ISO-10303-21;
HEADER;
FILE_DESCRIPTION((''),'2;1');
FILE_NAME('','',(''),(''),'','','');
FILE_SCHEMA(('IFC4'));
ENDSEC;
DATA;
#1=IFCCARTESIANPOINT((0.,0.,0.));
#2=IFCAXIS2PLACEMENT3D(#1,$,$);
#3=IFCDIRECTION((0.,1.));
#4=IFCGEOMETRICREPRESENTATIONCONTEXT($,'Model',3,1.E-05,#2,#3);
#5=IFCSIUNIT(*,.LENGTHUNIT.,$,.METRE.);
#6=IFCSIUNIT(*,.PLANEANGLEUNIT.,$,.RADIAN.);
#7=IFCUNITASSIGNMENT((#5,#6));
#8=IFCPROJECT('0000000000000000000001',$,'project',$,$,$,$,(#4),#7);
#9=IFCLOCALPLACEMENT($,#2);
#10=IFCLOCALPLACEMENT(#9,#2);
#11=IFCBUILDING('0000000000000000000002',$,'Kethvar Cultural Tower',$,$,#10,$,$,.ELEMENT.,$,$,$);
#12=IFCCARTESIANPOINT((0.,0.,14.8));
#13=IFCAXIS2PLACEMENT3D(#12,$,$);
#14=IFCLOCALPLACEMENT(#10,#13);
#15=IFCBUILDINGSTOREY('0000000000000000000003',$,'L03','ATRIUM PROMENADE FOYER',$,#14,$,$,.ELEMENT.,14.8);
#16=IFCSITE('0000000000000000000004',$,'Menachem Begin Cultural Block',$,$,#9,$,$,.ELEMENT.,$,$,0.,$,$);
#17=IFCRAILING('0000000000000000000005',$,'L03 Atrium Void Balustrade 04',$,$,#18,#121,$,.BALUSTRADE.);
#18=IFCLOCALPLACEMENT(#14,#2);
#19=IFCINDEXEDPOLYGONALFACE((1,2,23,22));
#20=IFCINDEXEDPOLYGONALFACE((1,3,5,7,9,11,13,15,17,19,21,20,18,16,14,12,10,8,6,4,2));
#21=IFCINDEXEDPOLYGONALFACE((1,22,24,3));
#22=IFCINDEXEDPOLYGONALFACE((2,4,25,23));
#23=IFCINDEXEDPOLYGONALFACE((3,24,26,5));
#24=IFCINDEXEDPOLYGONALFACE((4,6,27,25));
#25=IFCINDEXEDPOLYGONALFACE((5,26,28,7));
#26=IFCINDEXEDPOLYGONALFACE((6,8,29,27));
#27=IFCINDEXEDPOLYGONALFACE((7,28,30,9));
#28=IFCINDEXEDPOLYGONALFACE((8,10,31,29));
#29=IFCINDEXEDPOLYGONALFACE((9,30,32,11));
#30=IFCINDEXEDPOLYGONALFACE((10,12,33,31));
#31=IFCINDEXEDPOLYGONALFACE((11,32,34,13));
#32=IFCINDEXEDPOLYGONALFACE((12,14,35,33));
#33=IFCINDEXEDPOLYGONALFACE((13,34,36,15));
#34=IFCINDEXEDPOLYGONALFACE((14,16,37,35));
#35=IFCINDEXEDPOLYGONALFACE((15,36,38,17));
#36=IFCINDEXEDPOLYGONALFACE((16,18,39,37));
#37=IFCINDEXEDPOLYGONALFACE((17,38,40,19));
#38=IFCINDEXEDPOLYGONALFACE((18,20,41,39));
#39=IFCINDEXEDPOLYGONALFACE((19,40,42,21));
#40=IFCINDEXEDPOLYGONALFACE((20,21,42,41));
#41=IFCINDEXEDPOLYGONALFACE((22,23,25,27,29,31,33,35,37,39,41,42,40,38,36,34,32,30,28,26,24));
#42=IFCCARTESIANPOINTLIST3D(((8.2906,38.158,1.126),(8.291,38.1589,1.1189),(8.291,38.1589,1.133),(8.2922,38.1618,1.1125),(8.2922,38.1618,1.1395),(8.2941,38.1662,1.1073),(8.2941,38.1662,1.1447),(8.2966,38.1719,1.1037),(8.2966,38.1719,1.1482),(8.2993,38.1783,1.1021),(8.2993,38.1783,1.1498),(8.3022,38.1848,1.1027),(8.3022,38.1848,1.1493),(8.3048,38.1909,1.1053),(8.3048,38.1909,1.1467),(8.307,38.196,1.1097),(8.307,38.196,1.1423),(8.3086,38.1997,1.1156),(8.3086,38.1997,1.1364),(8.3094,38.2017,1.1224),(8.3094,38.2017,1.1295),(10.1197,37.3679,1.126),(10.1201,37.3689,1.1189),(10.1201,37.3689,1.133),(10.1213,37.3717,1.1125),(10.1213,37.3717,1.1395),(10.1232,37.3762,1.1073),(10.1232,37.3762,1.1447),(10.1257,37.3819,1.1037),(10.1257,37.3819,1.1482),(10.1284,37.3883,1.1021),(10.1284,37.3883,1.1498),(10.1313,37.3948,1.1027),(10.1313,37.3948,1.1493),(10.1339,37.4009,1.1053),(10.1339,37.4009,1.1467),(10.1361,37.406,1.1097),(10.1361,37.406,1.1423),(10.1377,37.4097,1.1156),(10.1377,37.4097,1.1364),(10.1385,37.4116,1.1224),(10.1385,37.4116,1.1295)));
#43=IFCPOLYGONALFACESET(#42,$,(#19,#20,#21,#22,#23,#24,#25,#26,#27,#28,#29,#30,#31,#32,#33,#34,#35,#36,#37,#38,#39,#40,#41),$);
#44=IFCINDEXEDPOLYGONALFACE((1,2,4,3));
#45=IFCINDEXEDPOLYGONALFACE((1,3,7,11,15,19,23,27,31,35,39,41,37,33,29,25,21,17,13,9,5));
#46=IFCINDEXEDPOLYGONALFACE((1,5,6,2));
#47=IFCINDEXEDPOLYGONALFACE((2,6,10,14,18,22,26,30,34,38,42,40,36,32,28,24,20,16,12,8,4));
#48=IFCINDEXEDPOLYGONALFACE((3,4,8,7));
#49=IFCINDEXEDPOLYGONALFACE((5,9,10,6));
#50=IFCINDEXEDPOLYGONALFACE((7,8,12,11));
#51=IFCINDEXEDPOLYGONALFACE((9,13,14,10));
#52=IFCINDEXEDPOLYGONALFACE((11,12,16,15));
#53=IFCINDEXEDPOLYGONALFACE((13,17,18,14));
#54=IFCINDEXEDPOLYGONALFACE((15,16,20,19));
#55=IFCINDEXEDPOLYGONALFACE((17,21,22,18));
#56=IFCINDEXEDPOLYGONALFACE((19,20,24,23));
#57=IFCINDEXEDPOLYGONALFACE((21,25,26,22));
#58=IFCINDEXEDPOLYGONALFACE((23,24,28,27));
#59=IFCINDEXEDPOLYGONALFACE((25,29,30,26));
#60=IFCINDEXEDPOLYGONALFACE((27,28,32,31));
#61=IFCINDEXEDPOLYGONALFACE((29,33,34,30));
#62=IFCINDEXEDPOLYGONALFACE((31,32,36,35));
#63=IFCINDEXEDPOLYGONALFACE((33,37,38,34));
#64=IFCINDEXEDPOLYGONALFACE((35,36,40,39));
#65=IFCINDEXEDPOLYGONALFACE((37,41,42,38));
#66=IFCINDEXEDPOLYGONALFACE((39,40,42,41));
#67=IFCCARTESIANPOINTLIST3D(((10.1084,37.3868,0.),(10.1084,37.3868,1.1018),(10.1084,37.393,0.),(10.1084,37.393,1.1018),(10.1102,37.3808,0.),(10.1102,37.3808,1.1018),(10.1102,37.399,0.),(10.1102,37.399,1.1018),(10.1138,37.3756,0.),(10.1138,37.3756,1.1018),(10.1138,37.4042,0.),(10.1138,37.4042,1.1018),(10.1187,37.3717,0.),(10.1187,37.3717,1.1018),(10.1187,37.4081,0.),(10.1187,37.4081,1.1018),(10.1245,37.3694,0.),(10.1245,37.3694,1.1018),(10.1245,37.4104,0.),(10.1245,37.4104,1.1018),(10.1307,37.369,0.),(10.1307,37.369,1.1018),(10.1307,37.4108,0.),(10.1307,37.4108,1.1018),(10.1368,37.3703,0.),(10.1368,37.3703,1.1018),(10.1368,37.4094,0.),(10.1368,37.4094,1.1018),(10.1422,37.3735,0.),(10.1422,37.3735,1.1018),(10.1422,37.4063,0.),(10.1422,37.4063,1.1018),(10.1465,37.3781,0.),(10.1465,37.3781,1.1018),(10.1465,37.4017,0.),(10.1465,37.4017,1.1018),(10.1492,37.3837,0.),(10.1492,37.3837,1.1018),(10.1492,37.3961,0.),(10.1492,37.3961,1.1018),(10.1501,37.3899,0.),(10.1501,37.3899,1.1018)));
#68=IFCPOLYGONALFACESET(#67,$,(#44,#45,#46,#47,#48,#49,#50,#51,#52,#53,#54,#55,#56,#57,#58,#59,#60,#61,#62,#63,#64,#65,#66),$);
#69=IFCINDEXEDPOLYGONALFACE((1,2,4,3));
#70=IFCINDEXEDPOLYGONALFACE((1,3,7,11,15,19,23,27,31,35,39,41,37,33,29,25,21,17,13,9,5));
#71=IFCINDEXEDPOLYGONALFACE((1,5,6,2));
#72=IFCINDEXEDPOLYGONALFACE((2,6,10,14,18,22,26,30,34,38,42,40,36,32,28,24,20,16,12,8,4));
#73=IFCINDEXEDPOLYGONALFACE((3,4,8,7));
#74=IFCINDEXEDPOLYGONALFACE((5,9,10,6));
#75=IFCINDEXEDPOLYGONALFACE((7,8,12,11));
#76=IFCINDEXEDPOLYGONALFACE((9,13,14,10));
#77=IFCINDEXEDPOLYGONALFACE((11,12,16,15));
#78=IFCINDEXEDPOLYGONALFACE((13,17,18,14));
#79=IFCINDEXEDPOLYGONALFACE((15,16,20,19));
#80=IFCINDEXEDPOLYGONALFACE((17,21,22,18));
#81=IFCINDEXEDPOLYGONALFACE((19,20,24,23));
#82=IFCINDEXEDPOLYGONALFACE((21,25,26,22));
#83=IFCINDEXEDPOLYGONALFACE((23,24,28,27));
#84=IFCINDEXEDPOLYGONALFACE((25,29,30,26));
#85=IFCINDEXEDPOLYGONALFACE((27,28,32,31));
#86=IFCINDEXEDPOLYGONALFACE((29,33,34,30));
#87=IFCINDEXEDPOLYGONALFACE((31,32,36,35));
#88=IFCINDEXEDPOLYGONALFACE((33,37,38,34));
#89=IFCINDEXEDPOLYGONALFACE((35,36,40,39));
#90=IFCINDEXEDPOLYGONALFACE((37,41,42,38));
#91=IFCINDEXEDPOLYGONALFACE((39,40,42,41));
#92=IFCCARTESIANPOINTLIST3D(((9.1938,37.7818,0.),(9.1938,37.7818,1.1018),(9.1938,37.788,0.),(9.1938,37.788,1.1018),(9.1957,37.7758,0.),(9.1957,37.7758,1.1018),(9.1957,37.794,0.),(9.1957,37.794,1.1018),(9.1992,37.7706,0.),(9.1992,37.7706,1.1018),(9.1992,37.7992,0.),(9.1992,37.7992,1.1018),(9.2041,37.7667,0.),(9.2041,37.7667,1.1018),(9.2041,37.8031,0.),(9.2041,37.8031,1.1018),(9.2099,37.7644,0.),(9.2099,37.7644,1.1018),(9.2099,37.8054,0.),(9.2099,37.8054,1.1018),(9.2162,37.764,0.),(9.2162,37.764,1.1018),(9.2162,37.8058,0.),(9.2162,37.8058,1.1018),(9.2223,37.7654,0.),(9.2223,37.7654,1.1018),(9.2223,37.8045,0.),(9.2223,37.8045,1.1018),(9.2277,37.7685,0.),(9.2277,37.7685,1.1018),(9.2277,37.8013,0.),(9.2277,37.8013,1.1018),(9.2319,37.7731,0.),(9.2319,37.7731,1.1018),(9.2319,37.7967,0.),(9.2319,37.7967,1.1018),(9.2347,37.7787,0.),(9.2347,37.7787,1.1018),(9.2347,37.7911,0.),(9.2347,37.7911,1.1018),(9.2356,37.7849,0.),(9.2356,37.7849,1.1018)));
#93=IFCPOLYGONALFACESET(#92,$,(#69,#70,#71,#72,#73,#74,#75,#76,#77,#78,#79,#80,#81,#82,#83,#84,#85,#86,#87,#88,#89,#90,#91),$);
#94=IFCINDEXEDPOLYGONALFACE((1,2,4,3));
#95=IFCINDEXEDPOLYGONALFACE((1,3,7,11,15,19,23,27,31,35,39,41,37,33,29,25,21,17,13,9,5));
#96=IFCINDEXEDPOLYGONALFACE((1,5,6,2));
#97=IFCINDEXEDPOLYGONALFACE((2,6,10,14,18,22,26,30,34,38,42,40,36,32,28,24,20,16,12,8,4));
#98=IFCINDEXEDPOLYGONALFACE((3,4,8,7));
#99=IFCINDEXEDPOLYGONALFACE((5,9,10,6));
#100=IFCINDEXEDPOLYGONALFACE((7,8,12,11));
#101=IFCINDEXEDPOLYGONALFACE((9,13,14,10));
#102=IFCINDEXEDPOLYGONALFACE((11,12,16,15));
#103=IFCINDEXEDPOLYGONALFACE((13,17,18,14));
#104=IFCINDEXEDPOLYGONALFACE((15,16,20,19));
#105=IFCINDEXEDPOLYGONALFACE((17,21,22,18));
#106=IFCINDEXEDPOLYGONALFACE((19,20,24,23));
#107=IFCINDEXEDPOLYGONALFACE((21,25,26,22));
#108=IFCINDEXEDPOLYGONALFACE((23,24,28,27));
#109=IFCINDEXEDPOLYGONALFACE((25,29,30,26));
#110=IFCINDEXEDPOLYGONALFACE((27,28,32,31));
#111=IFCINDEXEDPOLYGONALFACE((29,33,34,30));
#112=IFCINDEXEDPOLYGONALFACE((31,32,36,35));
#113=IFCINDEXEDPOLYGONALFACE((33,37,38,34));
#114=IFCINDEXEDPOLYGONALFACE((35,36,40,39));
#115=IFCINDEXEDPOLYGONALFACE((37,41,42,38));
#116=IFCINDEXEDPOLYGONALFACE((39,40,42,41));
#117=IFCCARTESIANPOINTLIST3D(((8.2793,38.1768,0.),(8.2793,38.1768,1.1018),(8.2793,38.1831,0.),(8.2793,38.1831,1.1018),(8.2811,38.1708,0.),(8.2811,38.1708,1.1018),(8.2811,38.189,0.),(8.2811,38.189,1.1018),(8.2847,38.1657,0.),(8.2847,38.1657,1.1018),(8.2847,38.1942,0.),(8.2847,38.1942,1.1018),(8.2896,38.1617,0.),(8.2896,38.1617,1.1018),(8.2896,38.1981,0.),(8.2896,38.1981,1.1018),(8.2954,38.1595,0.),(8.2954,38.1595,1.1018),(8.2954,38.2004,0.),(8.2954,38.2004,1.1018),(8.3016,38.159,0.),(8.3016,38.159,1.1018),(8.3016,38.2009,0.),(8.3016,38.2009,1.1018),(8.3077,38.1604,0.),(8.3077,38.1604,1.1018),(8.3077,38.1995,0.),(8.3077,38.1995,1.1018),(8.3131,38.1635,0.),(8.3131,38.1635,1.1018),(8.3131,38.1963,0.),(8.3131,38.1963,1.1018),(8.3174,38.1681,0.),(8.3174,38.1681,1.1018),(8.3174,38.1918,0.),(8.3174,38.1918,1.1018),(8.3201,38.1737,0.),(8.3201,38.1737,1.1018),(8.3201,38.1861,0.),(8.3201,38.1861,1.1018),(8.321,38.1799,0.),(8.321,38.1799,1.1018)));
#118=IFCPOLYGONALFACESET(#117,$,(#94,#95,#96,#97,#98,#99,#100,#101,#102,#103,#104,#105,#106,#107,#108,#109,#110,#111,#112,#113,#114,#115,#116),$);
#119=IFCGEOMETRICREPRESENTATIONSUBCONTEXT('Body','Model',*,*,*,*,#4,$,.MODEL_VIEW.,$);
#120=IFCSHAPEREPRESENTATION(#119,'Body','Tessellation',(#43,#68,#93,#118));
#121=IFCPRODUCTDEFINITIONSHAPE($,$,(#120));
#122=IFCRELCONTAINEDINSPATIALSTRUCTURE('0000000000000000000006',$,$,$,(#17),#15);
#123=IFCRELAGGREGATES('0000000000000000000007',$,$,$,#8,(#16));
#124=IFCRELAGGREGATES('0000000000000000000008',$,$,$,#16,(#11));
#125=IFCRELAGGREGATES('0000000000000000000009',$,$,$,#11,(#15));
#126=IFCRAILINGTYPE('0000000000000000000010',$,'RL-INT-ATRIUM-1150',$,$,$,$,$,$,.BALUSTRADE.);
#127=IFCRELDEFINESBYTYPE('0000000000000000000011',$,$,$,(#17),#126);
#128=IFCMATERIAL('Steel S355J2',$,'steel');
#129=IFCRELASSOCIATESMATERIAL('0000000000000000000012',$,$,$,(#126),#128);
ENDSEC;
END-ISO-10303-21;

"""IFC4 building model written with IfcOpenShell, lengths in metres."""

from ifc_helpers import new_model, si_unit, direction, frame, origin, origin_2d, place, context, subcontext, project, spatial, circle, extrude, material, type_object, element, save


model = new_model("IFC4")

# Units and contexts
model_context = context("Model", 3, precision=1e-05, world=origin(), true_north=direction((0.0, 1.0)))
body_context = subcontext(model_context, "Body", "Model", "MODEL_VIEW")
ifc_project = project(units=[si_unit("LENGTHUNIT", "METRE"), si_unit("PLANEANGLEUNIT", "RADIAN")], contexts=[model_context])

# Site, building, storey
site_placement = place(None, origin())
site = spatial("IfcSite", under=ifc_project, at=site_placement, Name="Menachem Begin Cultural Block", CompositionType="ELEMENT", RefElevation=0.0)
building_placement = place(site_placement, origin())
building = spatial("IfcBuilding", under=site, at=building_placement, Name="Kethvar Cultural Tower", CompositionType="ELEMENT")
storey_placement = place(building_placement, frame((0.0, 0.0, 14.8)))
storey = spatial("IfcBuildingStorey", under=building, at=storey_placement, Name="L03", Description="ATRIUM PROMENADE FOYER", CompositionType="ELEMENT", Elevation=14.8)

# Shared definitions
ifc_material_1 = material(Name="Steel S355J2", Category="steel")

# Railing
railing_type = type_object("IfcRailingType", Name="RL-INT-ATRIUM-1150", PredefinedType="BALUSTRADE", material=ifc_material_1)
railing_1_placement = place(storey_placement, frame((10.1292, 37.3899, 0.0)))
element("IfcRailing", 1, at=railing_1_placement, inside=storey, type_object=railing_type, Name="L03 Atrium Void Balustrade 04", PredefinedType="BALUSTRADE", context=body_context, shape_type="SweptSolid", body=[
    extrude(circle(Radius=0.0239, at=origin_2d()), frame((0.0, 0.0, 1.126), z_axis=(-0.918026, 0.396521, 0.0), x_axis=(-0.396521, -0.918026, 0.0)), (0.0, 0.0, 1.0), 1.9924),
    extrude(circle(Radius=0.021, at=origin_2d()), origin(), (0.0, 0.0, 1.0), 1.1018),
    extrude(circle(Radius=0.021, at=origin_2d()), frame((-0.9146, 0.395, 0.0)), (0.0, 0.0, 1.0), 1.1018),
    extrude(circle(Radius=0.021, at=origin_2d()), frame((-1.8291, 0.79, 0.0)), (0.0, 0.0, 1.0), 1.1018),
])

save(model, "model.ifc")
